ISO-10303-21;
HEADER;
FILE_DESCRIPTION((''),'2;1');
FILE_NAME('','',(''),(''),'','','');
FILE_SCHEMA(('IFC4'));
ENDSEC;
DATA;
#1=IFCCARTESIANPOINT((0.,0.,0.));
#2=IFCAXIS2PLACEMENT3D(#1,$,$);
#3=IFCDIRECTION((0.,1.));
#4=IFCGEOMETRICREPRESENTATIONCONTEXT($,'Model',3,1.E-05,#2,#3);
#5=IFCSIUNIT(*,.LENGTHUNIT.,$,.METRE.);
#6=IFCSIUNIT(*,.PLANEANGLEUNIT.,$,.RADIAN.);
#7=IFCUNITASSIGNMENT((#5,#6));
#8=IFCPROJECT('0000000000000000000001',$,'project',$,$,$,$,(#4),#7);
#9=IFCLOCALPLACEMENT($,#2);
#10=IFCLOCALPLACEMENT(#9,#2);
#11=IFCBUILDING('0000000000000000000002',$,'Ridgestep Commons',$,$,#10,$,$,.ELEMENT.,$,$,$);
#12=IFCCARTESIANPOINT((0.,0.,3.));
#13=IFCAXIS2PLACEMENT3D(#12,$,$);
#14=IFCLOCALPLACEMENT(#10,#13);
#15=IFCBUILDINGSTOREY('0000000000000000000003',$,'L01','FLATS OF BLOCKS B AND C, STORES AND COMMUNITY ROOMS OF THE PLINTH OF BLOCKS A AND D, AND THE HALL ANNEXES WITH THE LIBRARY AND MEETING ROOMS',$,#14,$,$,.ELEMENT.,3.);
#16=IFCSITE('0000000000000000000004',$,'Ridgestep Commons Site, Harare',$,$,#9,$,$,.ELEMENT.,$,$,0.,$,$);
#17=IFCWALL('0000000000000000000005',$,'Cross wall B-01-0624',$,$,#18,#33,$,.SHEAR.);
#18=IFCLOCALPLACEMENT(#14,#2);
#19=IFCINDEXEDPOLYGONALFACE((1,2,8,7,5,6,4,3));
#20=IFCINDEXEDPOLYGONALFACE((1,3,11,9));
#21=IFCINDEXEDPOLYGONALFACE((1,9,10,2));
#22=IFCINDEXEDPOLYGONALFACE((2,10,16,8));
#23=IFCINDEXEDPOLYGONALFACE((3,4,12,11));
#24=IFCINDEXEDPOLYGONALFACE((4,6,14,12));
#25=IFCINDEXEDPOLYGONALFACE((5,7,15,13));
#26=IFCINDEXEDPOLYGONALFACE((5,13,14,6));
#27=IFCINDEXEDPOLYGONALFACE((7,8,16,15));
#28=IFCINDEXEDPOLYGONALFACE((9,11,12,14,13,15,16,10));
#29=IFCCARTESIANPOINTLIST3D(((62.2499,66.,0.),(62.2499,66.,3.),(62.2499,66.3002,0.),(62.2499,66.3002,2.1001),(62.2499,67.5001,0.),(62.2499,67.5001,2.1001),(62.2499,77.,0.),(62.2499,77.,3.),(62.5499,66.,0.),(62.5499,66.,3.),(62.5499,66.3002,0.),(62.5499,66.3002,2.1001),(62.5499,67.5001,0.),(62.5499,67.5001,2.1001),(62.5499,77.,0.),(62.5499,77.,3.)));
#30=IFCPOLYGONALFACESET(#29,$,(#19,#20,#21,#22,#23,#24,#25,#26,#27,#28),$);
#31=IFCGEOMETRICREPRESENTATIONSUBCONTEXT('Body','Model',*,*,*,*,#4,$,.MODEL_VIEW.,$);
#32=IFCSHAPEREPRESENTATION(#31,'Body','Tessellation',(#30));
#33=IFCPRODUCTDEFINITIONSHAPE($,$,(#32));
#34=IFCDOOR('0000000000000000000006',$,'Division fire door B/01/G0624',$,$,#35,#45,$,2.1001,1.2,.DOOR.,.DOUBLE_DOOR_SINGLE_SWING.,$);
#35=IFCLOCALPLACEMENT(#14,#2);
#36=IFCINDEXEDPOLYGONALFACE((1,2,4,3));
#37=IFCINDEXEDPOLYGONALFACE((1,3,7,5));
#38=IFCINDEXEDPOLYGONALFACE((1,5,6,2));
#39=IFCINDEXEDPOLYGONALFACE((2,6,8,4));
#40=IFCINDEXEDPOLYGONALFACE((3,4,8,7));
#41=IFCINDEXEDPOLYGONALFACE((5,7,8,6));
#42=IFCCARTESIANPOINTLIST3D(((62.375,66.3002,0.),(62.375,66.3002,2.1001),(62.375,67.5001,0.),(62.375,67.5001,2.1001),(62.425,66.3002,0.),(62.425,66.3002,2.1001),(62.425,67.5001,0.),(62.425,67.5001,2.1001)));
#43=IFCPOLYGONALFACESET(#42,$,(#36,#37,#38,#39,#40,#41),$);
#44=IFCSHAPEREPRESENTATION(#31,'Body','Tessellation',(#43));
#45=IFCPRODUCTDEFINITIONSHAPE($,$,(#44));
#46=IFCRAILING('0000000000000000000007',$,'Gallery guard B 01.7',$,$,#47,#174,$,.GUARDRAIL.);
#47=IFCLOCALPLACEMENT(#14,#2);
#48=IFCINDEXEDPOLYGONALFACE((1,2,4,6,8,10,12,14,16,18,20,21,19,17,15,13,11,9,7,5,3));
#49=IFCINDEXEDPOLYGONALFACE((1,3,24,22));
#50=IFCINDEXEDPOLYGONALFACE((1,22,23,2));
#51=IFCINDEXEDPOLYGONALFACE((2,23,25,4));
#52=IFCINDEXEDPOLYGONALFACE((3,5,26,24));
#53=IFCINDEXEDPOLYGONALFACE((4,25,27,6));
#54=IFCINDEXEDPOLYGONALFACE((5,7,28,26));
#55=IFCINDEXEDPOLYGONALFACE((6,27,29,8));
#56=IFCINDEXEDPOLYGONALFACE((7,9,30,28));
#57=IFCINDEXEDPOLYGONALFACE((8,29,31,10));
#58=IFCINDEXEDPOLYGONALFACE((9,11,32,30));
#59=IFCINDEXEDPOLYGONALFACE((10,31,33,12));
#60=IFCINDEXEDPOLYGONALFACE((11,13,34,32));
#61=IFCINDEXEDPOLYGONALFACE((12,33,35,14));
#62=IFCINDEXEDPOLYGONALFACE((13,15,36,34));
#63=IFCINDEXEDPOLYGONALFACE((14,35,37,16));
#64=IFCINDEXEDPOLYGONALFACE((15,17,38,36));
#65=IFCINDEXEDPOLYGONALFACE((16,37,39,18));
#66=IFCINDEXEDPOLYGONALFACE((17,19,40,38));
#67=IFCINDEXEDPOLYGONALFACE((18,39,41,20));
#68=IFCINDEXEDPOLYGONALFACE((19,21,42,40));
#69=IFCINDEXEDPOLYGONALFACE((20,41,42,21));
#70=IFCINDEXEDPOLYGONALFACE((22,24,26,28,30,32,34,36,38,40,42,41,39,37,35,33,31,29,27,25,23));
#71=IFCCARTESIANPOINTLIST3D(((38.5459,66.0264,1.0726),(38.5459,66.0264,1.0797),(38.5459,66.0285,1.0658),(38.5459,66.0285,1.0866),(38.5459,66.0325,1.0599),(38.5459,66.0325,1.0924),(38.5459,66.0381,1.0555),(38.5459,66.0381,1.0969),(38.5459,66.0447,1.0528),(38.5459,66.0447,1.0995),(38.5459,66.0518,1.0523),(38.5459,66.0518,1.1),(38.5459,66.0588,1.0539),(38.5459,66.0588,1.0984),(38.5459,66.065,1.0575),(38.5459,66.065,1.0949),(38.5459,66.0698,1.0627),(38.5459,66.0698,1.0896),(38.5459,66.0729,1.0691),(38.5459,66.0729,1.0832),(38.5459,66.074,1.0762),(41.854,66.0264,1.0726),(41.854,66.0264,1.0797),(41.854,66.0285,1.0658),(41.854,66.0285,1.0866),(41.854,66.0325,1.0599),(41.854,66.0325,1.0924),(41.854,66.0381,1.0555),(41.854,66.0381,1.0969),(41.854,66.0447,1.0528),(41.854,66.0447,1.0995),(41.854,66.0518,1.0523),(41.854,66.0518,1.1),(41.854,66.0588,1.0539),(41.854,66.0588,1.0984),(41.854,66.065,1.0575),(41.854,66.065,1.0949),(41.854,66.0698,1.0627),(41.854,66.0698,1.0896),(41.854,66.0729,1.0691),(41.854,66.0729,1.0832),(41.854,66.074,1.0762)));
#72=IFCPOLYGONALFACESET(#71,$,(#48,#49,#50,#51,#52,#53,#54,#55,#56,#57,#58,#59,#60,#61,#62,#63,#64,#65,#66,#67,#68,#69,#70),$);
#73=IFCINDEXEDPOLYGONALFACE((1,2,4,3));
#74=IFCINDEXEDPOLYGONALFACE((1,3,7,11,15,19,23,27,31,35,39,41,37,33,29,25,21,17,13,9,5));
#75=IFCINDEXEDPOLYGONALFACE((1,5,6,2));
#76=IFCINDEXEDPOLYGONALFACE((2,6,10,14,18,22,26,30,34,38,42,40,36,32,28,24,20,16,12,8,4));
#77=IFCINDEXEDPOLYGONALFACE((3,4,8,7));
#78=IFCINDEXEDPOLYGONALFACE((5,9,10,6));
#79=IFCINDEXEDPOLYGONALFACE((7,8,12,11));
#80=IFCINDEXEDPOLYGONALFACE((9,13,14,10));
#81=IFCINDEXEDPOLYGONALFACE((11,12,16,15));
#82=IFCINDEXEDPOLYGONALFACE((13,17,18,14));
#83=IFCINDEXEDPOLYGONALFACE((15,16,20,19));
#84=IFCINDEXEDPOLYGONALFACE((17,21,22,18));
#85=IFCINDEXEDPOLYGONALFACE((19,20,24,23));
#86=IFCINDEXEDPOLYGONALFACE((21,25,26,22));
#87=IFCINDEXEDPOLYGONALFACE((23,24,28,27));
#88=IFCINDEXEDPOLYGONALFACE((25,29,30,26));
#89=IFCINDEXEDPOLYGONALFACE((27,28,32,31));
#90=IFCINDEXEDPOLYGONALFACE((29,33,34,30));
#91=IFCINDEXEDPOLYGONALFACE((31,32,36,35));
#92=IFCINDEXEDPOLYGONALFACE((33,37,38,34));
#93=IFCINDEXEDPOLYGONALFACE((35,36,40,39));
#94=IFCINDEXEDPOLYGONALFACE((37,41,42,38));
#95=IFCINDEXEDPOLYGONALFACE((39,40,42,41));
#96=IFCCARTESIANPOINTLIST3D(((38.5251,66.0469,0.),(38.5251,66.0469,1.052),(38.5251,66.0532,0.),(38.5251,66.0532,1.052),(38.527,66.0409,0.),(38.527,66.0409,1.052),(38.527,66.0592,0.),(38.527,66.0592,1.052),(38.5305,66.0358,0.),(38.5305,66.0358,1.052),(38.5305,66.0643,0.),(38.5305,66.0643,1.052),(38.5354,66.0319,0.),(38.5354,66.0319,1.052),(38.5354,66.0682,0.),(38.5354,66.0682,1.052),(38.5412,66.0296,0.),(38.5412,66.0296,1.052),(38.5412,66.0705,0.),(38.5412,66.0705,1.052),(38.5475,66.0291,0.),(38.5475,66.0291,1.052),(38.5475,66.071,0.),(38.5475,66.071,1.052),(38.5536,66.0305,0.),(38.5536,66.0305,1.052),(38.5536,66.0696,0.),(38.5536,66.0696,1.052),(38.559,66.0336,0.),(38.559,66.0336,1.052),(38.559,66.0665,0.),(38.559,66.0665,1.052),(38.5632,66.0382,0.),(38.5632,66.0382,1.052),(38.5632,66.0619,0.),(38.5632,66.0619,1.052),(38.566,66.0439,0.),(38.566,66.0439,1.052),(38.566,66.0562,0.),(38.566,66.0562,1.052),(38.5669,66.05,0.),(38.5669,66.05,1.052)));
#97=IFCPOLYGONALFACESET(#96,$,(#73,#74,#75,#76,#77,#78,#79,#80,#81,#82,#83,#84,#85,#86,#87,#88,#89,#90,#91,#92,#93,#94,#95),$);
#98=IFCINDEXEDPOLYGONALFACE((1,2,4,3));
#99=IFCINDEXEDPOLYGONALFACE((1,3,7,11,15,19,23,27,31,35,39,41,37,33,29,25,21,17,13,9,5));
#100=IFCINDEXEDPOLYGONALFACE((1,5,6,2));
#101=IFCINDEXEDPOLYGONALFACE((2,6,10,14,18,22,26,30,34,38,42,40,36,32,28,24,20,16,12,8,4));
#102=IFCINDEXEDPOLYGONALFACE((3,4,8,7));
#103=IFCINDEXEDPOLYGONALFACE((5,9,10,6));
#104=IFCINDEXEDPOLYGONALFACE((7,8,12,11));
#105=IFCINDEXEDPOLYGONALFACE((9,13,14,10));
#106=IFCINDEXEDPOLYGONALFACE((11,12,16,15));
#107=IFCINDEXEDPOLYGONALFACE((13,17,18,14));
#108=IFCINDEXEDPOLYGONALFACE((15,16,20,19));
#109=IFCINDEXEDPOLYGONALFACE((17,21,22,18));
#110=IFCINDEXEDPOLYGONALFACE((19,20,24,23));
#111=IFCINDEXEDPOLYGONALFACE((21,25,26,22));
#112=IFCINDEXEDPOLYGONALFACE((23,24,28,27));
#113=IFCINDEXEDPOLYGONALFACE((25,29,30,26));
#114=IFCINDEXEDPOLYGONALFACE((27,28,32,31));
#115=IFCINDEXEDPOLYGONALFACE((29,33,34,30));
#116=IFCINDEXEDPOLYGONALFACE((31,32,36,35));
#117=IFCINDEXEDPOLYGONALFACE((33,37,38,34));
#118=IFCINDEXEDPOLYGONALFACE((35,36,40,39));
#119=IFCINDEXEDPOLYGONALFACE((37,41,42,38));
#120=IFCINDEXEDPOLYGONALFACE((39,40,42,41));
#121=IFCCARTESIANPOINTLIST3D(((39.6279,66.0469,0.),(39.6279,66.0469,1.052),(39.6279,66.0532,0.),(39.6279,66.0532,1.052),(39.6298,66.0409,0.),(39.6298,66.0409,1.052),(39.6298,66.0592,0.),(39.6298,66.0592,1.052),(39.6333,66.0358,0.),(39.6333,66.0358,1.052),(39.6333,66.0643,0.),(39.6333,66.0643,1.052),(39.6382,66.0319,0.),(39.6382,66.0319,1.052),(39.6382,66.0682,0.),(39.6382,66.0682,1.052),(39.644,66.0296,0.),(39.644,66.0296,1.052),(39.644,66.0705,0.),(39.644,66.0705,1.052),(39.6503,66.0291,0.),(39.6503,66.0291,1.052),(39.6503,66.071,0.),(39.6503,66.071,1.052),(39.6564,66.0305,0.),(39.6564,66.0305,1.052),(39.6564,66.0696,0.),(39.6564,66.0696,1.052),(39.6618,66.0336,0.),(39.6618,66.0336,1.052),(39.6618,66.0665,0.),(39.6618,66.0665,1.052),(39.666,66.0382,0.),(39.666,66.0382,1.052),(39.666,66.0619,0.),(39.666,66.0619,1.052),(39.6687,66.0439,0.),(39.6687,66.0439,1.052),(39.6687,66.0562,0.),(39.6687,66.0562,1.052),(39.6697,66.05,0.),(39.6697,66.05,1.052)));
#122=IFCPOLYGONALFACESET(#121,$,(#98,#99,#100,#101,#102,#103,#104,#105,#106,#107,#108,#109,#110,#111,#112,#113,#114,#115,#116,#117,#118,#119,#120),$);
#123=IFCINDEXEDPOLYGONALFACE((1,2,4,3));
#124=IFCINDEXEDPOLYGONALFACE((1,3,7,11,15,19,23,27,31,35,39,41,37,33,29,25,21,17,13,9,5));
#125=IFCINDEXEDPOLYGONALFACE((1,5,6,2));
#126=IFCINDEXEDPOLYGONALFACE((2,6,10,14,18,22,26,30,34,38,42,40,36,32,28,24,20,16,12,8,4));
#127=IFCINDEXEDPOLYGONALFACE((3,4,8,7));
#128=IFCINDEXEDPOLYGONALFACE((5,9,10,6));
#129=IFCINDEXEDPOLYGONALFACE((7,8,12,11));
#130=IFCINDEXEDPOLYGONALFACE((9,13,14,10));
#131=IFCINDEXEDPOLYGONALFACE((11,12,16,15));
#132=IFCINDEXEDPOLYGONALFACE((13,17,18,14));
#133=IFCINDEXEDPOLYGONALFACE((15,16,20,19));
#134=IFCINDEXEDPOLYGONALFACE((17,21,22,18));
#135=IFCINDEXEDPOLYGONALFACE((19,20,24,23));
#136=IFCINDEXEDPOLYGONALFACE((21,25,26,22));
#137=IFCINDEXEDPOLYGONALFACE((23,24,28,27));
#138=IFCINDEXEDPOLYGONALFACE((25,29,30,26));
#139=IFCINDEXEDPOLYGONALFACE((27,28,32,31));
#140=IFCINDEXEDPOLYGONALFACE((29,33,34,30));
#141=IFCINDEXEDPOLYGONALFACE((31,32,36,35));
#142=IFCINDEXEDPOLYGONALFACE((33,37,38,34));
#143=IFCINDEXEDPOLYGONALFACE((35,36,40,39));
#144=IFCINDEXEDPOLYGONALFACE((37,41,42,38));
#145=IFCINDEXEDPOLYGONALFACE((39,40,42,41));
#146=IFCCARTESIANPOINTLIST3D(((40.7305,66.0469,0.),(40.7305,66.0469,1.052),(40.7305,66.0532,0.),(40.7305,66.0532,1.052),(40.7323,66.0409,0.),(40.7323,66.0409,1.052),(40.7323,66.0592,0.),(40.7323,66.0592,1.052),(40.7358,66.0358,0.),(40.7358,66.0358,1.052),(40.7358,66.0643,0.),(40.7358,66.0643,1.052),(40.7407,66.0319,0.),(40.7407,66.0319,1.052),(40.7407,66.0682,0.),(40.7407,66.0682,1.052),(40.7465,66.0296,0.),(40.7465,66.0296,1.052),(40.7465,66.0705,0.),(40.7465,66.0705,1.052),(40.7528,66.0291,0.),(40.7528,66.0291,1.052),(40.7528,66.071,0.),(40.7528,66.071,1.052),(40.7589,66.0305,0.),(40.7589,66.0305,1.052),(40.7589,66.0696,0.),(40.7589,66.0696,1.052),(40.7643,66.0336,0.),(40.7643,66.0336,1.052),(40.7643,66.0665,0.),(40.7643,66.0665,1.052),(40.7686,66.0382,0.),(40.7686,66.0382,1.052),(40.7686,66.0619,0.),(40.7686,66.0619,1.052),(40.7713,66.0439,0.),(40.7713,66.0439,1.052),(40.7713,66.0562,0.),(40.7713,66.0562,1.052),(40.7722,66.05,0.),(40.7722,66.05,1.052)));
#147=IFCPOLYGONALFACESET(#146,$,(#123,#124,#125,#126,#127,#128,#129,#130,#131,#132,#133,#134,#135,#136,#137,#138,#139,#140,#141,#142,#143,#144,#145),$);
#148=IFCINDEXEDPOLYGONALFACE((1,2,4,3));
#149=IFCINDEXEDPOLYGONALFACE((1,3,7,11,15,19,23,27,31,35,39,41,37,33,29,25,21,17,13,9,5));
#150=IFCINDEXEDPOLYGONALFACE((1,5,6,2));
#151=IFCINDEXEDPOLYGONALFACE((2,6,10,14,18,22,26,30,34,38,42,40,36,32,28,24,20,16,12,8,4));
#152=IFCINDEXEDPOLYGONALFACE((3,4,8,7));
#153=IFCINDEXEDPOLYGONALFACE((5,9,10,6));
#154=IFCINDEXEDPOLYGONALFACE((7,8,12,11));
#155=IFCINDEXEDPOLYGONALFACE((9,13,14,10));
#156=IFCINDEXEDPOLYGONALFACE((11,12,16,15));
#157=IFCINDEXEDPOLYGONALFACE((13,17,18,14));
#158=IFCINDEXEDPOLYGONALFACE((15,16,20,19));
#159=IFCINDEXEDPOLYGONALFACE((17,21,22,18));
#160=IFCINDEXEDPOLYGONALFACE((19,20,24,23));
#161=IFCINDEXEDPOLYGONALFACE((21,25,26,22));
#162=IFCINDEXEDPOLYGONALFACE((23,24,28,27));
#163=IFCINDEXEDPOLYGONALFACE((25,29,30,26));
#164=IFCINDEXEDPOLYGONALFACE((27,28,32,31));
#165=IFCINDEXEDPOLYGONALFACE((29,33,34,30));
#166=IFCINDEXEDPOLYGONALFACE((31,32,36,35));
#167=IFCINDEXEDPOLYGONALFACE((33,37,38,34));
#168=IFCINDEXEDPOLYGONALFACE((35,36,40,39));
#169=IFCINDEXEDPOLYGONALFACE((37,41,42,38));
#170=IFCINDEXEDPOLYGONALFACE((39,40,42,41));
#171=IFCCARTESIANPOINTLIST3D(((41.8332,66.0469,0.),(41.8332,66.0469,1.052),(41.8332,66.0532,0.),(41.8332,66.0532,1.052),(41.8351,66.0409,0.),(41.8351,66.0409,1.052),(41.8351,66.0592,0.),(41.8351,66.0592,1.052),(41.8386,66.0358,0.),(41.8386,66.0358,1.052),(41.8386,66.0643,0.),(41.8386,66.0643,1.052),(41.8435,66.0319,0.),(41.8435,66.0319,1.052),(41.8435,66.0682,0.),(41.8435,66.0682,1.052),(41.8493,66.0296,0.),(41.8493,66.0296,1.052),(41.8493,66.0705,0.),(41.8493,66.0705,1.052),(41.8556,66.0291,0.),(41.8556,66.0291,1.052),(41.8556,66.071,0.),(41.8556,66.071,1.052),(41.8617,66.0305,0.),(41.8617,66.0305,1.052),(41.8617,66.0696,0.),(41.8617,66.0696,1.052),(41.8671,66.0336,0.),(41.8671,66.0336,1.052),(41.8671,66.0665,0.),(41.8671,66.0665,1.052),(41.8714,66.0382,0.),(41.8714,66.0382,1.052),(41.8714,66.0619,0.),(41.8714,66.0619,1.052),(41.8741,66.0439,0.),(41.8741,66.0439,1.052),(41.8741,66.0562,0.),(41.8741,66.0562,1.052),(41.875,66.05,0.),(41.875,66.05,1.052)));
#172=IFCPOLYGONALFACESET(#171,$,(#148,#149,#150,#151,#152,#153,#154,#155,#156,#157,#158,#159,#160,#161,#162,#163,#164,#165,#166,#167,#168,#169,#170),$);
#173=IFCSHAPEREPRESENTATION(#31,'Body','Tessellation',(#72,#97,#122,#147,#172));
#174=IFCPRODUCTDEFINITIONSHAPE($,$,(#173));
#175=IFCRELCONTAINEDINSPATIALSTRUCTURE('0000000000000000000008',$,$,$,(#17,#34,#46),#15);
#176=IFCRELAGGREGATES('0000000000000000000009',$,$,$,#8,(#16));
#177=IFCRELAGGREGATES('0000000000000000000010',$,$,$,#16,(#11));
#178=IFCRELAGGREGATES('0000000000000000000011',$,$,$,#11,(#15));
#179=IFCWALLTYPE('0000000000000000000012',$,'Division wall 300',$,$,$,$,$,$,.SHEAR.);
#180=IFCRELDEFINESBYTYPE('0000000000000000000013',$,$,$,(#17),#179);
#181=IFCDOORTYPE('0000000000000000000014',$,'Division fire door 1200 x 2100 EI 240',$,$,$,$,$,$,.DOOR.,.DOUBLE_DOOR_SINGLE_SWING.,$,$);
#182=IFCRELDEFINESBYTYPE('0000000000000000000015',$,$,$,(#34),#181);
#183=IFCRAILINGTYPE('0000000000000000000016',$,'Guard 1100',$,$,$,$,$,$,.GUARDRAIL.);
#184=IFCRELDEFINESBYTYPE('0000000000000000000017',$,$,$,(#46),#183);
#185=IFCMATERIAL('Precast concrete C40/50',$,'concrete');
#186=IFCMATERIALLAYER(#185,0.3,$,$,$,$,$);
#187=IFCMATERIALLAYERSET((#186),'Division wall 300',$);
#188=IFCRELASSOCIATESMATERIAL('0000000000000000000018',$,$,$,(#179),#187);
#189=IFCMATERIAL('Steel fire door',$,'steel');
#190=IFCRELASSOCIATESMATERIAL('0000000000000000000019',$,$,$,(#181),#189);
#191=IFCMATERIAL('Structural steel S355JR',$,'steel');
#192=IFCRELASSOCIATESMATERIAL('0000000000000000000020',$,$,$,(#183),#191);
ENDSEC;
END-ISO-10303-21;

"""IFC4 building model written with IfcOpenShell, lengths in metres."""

from ifc_helpers import new_model, si_unit, direction, frame, frame_2d, origin, origin_2d, place, context, subcontext, project, spatial, rectangle, circle, extrude, material, layer, layer_set, type_object, element, fill, save


model = new_model("IFC4")

# Units and contexts
model_context = context("Model", 3, precision=1e-05, world=origin(), true_north=direction((0.0, 1.0)))
body_context = subcontext(model_context, "Body", "Model", "MODEL_VIEW")
ifc_project = project(units=[si_unit("LENGTHUNIT", "METRE"), si_unit("PLANEANGLEUNIT", "RADIAN")], contexts=[model_context])

# Site, building, storey
site_placement = place(None, origin())
site = spatial("IfcSite", under=ifc_project, at=site_placement, Name="Ridgestep Commons Site, Harare", CompositionType="ELEMENT", RefElevation=0.0)
building_placement = place(site_placement, origin())
building = spatial("IfcBuilding", under=site, at=building_placement, Name="Ridgestep Commons", CompositionType="ELEMENT")
storey_placement = place(building_placement, frame((0.0, 0.0, 3.0)))
storey = spatial("IfcBuildingStorey", under=building, at=storey_placement, Name="L01", Description="FLATS OF BLOCKS B AND C, STORES AND COMMUNITY ROOMS OF THE PLINTH OF BLOCKS A AND D, AND THE HALL ANNEXES WITH THE LIBRARY AND MEETING ROOMS", CompositionType="ELEMENT", Elevation=3.0)

# Wall, opening, door
ifc_material_1 = material(Name="Precast concrete C40/50", Category="concrete")
ifc_layer_1 = layer(ifc_material_1, 0.3)
ifc_layer_set_1 = layer_set([ifc_layer_1], Name="Division wall 300")
wall_type = type_object("IfcWallType", Name="Division wall 300", PredefinedType="SHEAR", material=ifc_layer_set_1)
ifc_material_2 = material(Name="Steel fire door", Category="steel")
door_type = type_object("IfcDoorType", Name="Division fire door 1200 x 2100 EI 240", OperationType="DOUBLE_DOOR_SINGLE_SWING", PredefinedType="DOOR", material=ifc_material_2)
wall_1_placement = place(storey_placement, frame((62.3999, 66.0, 0.0), z_axis=(0.0, 0.0, 1.0), x_axis=(0.0, 1.0, 0.0)))
wall_1 = element("IfcWall", 1, at=wall_1_placement, inside=storey, type_object=wall_type, Name="Cross wall B-01-0624", PredefinedType="SHEAR", context=body_context, shape_type="SweptSolid", body=[
    extrude(rectangle(XDim=11.0, YDim=0.3, at=frame_2d((5.5, 0.0))), origin(), (0.0, 0.0, 1.0), 3.0),
])
opening_1_placement = place(wall_1_placement, frame((0.3, 0.0, 0.0)))
opening_1 = element("IfcOpeningElement", 2, at=opening_1_placement, cuts=wall_1, PredefinedType="OPENING", context=body_context, shape_type="SweptSolid", body=[
    extrude(rectangle(XDim=1.2, YDim=2.1001, at=frame_2d((0.6001, 1.05))), frame((0.0, 0.1599, 0.0), z_axis=(0.0, -1.0, 0.0), x_axis=(1.0, 0.0, 0.0)), (0.0, 0.0, 1.0), 0.3201),
])
door_1_placement = place(opening_1_placement, origin())
door_1 = element("IfcDoor", 3, at=door_1_placement, inside=storey, type_object=door_type, Name="Division fire door B/01/G0624", OperationType="DOUBLE_DOOR_SINGLE_SWING", OverallHeight=2.1001, OverallWidth=1.2, PredefinedType="DOOR", context=body_context, shape_type="SweptSolid", body=[
    extrude(rectangle(XDim=1.2, YDim=2.1001, at=frame_2d((0.6001, 1.05))), frame((0.0, 0.0249, 0.0), z_axis=(0.0, -1.0, 0.0), x_axis=(1.0, 0.0, 0.0)), (0.0, 0.0, 1.0), 0.05),
])
fill(opening_1, door_1)

# Railing
ifc_material_3 = material(Name="Structural steel S355JR", Category="steel")
railing_type = type_object("IfcRailingType", Name="Guard 1100", PredefinedType="GUARDRAIL", material=ifc_material_3)
railing_1_placement = place(storey_placement, frame((38.5459, 66.05, 0.0)))
element("IfcRailing", 4, at=railing_1_placement, inside=storey, type_object=railing_type, Name="Gallery guard B 01.7", PredefinedType="GUARDRAIL", context=body_context, shape_type="SweptSolid", body=[
    extrude(circle(Radius=0.0239, at=origin_2d()), frame((0.0, 0.0, 1.0762), z_axis=(1.0, 0.0, 0.0), x_axis=(0.0, 1.0, 0.0)), (0.0, 0.0, 1.0), 3.3081),
    extrude(circle(Radius=0.021, at=origin_2d()), origin(), (0.0, 0.0, 1.0), 1.052),
    extrude(circle(Radius=0.021, at=origin_2d()), frame((1.1028, 0.0, 0.0)), (0.0, 0.0, 1.0), 1.052),
    extrude(circle(Radius=0.021, at=origin_2d()), frame((2.2053, 0.0, 0.0)), (0.0, 0.0, 1.0), 1.052),
    extrude(circle(Radius=0.021, at=origin_2d()), frame((3.3081, 0.0, 0.0)), (0.0, 0.0, 1.0), 1.052),
])

save(model, "model.ifc")
